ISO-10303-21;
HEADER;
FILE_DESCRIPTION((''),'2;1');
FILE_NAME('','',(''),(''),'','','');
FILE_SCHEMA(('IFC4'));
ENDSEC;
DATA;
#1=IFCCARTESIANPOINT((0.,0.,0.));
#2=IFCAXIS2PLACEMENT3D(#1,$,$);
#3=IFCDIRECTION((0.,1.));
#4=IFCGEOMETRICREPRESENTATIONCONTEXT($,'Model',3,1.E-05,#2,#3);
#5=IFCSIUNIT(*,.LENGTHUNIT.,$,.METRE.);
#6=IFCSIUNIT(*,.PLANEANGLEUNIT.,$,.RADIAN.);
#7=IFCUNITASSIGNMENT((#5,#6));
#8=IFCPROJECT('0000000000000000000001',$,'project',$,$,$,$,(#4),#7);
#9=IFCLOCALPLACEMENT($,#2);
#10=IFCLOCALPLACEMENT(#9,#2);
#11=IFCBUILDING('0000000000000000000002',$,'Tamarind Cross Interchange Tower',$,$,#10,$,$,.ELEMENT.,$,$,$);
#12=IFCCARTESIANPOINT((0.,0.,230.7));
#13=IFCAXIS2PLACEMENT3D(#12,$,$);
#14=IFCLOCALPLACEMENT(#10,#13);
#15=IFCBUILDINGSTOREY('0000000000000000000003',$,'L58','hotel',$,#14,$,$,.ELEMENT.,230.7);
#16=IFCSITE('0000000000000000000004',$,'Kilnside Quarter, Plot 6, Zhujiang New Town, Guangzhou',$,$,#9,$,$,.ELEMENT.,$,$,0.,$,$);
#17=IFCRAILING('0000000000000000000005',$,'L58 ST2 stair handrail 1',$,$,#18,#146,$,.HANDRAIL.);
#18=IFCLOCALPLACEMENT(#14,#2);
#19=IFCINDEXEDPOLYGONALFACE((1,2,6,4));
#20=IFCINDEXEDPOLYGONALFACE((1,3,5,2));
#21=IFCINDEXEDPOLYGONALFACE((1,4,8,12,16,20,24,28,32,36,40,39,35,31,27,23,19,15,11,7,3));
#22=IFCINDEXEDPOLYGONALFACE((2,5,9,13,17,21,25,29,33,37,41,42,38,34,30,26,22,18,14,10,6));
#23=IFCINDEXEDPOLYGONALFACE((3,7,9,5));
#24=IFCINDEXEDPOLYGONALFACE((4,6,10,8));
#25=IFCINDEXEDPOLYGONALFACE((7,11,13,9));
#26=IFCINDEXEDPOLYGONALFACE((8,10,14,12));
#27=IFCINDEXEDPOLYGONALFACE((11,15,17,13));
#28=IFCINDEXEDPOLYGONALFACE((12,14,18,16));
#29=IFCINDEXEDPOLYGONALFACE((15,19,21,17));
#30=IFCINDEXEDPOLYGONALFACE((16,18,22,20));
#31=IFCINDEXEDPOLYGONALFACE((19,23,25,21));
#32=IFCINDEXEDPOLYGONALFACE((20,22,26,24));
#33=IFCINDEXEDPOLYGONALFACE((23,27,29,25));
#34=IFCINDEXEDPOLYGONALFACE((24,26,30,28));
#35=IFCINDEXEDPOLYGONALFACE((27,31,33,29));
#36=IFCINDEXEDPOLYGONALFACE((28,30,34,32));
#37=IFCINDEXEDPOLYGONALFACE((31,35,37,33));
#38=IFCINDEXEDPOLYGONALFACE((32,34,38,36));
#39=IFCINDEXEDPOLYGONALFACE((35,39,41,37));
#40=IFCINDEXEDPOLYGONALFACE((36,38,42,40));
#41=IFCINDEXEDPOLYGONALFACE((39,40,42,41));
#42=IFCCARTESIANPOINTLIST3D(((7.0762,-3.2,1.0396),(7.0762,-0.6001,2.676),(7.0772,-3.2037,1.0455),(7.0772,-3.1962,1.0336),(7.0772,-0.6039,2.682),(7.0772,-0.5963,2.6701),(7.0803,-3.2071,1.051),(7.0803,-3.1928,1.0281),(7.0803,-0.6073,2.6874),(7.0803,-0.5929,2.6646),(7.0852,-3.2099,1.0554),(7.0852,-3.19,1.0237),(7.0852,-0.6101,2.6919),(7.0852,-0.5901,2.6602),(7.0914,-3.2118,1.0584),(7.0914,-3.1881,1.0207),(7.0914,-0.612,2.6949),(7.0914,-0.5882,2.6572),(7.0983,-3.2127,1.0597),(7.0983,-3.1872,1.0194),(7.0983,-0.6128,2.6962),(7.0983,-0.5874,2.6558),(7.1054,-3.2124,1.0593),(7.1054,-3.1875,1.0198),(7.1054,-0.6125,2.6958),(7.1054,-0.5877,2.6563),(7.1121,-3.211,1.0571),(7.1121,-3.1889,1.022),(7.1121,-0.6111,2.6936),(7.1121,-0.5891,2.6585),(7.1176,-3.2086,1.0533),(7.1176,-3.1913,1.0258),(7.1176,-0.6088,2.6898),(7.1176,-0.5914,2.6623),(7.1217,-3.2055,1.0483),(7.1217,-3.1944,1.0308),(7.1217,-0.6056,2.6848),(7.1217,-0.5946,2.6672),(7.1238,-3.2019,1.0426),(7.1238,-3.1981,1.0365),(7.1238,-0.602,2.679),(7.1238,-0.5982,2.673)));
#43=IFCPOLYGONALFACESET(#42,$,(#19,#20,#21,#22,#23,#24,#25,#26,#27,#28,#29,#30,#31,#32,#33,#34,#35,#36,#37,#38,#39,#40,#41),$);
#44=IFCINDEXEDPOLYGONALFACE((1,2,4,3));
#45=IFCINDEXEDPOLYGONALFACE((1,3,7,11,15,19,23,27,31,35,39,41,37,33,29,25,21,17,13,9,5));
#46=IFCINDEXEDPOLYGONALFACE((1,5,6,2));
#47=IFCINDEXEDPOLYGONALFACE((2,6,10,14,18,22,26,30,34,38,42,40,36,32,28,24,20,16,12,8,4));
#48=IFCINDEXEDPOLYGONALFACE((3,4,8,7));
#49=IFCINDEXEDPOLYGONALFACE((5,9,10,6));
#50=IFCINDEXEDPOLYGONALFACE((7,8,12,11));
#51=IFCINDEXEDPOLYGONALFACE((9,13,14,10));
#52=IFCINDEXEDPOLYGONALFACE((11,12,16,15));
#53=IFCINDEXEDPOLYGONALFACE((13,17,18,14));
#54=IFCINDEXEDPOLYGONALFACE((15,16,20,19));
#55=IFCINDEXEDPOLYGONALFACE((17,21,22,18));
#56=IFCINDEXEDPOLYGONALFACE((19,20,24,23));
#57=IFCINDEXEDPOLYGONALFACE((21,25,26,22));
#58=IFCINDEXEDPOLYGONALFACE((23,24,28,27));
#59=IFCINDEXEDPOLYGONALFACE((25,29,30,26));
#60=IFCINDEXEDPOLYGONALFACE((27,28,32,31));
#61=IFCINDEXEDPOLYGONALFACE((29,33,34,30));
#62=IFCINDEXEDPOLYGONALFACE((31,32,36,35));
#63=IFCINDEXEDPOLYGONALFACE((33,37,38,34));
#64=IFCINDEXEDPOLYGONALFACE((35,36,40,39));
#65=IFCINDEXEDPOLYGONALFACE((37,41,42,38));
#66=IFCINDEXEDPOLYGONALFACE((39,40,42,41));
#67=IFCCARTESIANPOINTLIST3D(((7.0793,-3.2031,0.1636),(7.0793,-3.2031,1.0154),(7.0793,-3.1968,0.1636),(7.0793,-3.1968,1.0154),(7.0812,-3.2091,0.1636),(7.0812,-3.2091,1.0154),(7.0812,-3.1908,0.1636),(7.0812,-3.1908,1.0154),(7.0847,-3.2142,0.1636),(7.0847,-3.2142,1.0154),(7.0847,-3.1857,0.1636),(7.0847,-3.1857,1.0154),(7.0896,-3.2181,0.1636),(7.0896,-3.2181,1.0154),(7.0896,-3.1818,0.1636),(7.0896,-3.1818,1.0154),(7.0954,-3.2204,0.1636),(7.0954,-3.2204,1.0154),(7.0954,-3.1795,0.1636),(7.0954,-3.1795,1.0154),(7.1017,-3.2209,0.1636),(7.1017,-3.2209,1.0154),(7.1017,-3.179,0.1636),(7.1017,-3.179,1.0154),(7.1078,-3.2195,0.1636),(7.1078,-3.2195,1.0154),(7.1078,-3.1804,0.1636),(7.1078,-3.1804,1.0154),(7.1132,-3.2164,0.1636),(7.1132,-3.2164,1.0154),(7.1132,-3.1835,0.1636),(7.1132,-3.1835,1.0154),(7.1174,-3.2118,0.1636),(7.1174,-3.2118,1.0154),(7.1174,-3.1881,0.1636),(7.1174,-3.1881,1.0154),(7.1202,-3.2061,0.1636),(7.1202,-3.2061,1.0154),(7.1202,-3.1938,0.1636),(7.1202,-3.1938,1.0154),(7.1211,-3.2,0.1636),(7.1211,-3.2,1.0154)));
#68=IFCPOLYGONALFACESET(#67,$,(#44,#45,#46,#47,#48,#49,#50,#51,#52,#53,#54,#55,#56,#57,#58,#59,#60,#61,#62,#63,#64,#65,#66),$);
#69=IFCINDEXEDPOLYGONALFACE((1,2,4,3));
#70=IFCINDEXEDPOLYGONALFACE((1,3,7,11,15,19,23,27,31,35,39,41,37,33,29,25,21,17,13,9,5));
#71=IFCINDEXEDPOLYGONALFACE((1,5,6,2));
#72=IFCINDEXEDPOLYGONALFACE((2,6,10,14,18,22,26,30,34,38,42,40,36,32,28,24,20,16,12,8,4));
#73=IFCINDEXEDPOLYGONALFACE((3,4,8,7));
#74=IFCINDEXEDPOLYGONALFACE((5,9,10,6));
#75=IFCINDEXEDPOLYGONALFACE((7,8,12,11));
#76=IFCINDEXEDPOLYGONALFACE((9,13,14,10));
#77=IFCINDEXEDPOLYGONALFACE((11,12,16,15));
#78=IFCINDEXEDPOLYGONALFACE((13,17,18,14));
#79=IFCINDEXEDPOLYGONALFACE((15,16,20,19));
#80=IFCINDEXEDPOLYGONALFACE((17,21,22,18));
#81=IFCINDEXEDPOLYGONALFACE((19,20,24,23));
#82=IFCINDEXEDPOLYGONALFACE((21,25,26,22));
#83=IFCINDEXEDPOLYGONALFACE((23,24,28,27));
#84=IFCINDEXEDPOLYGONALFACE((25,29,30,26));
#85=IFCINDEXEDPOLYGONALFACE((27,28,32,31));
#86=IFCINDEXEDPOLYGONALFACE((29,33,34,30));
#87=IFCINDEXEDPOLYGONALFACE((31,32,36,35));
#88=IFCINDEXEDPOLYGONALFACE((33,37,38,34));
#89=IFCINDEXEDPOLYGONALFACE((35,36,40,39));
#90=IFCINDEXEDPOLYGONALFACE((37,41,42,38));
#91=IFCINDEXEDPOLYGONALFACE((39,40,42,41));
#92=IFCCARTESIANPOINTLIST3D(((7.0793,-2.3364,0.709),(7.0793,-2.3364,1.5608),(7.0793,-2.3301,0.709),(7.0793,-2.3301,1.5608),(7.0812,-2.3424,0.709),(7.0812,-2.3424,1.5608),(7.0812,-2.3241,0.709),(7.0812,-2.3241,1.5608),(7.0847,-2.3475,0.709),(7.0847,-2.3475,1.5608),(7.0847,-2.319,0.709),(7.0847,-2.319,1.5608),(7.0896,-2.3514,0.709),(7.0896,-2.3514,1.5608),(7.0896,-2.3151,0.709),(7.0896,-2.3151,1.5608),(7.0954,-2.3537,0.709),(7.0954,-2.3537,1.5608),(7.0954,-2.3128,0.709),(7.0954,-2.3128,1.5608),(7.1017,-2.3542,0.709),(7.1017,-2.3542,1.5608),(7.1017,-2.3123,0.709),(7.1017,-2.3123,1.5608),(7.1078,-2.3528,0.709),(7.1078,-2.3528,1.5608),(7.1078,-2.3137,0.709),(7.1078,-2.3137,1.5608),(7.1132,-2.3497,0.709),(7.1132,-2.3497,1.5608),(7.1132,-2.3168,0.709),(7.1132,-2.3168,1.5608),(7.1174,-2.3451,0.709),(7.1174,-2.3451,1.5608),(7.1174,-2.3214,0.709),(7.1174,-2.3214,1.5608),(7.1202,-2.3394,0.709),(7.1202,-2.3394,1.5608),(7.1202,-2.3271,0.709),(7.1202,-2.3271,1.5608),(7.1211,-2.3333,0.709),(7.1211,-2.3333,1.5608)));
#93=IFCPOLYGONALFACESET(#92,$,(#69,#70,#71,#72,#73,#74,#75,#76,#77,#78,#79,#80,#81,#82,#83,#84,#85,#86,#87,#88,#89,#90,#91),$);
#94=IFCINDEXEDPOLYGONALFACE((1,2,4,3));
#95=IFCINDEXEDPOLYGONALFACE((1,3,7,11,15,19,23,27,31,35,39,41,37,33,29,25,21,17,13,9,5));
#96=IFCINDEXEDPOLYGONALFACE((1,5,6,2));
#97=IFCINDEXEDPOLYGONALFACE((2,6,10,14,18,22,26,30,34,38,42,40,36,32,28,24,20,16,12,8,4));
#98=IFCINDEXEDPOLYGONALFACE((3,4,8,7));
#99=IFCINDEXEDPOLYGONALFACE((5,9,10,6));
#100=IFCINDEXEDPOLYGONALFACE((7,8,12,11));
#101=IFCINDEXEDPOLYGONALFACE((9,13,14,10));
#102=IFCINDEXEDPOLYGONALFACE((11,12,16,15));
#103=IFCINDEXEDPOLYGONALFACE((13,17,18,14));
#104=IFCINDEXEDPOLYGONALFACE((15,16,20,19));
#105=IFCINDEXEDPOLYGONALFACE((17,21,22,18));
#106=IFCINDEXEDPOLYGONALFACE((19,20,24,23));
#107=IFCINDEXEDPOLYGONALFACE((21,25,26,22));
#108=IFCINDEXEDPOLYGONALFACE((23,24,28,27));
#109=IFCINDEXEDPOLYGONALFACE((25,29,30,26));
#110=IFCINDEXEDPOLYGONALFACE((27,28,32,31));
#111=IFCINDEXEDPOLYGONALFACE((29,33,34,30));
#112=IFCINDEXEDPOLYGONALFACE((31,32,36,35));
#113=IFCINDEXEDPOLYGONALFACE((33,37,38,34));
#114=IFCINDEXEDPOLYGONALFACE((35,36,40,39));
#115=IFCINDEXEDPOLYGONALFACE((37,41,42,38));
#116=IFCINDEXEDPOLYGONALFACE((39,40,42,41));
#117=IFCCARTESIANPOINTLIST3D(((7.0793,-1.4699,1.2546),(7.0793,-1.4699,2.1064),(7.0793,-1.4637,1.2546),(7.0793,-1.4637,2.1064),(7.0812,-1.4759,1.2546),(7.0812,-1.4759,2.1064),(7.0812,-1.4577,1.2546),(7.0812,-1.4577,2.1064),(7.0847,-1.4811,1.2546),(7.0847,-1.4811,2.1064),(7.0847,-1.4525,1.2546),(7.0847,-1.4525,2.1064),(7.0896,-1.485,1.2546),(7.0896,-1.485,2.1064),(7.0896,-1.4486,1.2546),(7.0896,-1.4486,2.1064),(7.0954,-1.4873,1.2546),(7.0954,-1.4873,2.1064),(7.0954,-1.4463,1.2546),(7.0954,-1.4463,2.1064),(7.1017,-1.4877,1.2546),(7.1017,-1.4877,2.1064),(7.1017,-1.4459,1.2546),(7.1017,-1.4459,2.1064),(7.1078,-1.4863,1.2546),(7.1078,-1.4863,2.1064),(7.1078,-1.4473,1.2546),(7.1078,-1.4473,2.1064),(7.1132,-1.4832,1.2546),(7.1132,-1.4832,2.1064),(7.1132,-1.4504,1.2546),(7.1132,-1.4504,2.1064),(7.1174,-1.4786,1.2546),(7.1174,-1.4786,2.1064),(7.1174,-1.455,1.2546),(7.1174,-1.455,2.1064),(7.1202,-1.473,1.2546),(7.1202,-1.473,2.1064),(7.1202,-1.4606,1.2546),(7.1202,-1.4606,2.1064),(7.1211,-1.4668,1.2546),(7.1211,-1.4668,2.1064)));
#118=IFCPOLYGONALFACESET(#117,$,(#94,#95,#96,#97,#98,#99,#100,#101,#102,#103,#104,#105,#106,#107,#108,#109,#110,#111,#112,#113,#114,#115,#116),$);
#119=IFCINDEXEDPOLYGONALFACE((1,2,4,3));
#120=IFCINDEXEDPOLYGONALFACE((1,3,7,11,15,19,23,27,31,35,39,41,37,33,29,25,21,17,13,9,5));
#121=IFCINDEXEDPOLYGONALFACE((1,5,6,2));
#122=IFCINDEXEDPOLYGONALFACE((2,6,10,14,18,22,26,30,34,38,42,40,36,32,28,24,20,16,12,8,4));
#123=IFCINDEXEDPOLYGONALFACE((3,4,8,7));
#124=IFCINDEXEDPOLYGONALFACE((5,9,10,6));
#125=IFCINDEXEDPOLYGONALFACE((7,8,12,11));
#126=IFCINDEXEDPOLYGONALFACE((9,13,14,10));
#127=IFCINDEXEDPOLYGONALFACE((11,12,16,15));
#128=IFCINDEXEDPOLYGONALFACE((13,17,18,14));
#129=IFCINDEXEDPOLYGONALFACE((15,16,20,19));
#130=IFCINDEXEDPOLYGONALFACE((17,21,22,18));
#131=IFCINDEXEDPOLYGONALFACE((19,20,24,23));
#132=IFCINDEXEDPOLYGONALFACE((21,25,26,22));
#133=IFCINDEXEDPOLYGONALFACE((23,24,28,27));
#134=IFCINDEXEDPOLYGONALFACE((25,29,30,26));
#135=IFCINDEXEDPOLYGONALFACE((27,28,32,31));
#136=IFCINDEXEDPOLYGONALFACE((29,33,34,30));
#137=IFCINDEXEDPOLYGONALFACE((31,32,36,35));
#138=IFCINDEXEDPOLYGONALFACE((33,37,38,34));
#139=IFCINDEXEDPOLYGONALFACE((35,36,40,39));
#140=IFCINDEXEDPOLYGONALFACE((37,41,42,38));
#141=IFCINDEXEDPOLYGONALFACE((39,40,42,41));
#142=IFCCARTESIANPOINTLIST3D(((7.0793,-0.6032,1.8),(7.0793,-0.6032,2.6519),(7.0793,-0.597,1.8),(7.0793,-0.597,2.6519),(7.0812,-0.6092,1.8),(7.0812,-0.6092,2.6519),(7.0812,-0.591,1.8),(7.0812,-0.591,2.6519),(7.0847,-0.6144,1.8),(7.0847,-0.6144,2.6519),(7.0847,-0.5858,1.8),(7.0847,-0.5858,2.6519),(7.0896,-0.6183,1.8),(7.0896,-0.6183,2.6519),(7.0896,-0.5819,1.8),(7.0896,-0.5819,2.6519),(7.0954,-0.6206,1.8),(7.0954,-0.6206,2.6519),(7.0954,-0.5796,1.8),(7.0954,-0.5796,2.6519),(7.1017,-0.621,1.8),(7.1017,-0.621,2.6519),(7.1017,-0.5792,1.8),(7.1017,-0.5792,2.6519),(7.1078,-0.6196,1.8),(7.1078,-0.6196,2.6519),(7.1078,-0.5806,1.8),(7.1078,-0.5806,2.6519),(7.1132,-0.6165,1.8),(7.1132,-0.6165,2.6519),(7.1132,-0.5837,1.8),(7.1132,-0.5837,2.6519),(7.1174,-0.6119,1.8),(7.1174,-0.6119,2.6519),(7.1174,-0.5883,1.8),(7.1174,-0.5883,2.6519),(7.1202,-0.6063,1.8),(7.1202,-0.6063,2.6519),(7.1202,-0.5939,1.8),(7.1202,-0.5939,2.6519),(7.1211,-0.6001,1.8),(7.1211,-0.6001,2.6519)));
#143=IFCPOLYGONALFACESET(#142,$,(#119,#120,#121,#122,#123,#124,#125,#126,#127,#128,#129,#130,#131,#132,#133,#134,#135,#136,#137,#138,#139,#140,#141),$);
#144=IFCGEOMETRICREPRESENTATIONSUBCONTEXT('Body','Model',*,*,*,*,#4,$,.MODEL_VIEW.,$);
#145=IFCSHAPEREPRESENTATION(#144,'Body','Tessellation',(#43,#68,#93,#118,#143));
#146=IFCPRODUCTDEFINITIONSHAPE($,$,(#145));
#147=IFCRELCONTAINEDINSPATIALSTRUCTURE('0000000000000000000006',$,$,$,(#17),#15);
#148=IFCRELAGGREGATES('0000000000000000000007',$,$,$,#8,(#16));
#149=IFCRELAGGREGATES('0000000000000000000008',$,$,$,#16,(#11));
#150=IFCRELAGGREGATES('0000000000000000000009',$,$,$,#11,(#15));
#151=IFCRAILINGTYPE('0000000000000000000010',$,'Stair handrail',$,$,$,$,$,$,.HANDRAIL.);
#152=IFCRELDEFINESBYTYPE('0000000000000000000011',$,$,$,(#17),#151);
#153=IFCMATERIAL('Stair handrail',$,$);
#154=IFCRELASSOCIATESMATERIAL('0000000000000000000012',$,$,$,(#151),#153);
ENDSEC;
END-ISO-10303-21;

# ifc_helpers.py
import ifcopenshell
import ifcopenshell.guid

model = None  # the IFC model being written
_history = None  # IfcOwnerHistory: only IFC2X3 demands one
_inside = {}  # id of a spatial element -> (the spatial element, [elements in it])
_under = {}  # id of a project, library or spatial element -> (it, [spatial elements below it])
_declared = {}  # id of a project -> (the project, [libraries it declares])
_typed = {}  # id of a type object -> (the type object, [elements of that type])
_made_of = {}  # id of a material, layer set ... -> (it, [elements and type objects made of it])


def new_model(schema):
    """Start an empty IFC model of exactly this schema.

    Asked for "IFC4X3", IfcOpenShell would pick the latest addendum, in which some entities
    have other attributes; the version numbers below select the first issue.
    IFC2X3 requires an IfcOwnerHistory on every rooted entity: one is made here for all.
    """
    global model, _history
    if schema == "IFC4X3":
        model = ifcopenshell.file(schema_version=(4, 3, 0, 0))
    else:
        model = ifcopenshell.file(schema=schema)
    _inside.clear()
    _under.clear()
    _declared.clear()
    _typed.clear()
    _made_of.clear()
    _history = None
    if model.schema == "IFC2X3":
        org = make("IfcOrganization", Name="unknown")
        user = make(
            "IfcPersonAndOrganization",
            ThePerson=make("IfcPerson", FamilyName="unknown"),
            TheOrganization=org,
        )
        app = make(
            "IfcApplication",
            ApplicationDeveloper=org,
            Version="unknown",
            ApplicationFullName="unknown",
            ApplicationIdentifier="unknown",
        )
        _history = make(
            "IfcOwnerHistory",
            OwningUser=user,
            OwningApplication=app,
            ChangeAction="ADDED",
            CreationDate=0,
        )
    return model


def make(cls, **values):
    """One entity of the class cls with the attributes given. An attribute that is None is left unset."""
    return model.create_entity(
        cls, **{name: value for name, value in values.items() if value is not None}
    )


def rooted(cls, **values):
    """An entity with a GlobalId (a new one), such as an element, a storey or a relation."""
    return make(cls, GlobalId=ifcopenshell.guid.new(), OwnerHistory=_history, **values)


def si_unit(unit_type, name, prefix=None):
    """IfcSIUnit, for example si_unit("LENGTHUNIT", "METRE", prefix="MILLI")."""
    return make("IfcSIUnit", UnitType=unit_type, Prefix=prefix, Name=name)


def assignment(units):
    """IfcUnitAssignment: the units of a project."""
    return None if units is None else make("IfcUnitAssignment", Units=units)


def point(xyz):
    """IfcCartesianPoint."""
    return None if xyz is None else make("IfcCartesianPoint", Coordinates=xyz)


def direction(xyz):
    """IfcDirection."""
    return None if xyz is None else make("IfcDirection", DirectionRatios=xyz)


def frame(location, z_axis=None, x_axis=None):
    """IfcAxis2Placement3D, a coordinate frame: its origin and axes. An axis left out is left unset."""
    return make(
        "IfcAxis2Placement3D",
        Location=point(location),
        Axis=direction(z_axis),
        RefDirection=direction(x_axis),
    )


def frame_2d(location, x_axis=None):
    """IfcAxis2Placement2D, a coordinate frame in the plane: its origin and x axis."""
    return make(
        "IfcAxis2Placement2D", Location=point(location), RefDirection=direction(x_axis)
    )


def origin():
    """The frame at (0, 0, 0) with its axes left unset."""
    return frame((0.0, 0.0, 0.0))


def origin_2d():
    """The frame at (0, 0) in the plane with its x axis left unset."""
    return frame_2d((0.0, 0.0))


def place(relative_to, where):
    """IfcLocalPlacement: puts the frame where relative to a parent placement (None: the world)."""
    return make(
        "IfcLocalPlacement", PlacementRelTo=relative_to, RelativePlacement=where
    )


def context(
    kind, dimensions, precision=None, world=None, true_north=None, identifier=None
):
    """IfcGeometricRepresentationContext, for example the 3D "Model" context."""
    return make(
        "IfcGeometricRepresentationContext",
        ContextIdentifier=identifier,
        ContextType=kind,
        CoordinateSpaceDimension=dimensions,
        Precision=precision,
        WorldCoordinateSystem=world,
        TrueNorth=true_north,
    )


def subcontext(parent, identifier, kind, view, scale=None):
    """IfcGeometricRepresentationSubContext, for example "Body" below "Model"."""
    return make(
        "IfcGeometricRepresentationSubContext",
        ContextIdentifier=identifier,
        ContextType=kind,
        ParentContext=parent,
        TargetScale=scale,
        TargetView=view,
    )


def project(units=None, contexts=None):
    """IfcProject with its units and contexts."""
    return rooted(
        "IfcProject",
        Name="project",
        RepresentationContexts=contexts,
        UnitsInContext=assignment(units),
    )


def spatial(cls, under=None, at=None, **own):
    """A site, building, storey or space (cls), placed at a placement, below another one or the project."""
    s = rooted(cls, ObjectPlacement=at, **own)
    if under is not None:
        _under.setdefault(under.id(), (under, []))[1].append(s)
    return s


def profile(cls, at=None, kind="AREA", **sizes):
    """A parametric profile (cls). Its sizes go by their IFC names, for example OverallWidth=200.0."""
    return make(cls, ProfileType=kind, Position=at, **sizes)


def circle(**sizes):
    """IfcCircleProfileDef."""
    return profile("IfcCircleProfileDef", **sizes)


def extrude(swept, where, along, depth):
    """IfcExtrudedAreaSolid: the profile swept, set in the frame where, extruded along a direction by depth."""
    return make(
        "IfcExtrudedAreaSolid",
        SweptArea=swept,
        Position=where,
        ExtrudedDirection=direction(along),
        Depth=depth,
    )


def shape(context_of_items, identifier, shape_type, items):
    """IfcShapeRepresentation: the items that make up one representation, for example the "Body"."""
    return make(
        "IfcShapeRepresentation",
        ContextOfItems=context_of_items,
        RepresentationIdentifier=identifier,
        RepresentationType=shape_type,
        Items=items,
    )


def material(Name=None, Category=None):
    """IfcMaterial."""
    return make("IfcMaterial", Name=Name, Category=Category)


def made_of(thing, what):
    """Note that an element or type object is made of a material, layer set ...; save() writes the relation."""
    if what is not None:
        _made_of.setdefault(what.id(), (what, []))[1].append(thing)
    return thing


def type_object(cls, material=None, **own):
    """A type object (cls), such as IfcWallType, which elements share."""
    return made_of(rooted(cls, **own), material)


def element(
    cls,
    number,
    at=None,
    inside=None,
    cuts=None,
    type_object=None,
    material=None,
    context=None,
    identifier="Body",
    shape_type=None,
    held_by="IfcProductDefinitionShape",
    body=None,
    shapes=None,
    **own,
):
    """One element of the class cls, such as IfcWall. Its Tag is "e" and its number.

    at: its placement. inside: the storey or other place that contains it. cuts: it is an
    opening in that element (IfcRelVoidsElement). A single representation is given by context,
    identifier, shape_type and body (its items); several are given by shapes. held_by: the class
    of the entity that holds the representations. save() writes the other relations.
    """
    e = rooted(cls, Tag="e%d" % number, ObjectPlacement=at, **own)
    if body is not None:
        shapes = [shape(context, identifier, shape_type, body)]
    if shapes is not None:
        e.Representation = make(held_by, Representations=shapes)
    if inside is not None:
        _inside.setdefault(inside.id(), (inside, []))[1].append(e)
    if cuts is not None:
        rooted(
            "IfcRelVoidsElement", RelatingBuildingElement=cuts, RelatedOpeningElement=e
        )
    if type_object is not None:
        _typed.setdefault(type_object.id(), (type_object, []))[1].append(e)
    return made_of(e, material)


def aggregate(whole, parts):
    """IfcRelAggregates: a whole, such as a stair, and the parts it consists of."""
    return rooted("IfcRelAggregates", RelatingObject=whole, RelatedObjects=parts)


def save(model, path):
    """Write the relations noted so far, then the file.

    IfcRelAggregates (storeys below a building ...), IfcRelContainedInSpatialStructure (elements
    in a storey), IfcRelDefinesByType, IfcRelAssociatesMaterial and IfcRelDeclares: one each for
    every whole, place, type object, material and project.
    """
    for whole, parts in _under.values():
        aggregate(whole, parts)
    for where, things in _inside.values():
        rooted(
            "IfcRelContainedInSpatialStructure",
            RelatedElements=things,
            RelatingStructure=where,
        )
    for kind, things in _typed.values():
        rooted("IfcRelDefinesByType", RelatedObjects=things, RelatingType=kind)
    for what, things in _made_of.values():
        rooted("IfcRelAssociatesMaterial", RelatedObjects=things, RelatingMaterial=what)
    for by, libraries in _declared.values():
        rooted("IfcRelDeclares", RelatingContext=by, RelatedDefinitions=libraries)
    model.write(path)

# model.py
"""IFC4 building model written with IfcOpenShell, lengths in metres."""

from ifc_helpers import new_model, si_unit, direction, frame, origin, origin_2d, place, context, subcontext, project, spatial, circle, extrude, material, type_object, element, save


model = new_model("IFC4")

# Units and contexts
model_context = context("Model", 3, precision=1e-05, world=origin(), true_north=direction((0.0, 1.0)))
body_context = subcontext(model_context, "Body", "Model", "MODEL_VIEW")
ifc_project = project(units=[si_unit("LENGTHUNIT", "METRE"), si_unit("PLANEANGLEUNIT", "RADIAN")], contexts=[model_context])

# Site, building, storey
site_placement = place(None, origin())
site = spatial("IfcSite", under=ifc_project, at=site_placement, Name="Kilnside Quarter, Plot 6, Zhujiang New Town, Guangzhou", CompositionType="ELEMENT", RefElevation=0.0)
building_placement = place(site_placement, origin())
building = spatial("IfcBuilding", under=site, at=building_placement, Name="Tamarind Cross Interchange Tower", CompositionType="ELEMENT")
storey_placement = place(building_placement, frame((0.0, 0.0, 230.7)))
storey = spatial("IfcBuildingStorey", under=building, at=storey_placement, Name="L58", Description="hotel", CompositionType="ELEMENT", Elevation=230.7)

# Railing
ifc_material_1 = material(Name="Stair handrail")
railing_type_1 = type_object("IfcRailingType", Name="Stair handrail", PredefinedType="HANDRAIL", material=ifc_material_1)
railing_1_placement = place(storey_placement, frame((7.1001, -3.2, 0.1636)))
element("IfcRailing", 1, at=railing_1_placement, inside=storey, type_object=railing_type_1, Name="L58 ST2 stair handrail 1", PredefinedType="HANDRAIL", context=body_context, shape_type="SweptSolid", body=[
    extrude(circle(Radius=0.0239, at=origin_2d()), frame((0.0, 0.0, 0.876), z_axis=(0.0, 0.846302, 0.532704), x_axis=(-1.0, 0.0, 0.0)), (0.0, 0.0, 1.0), 3.072),
    extrude(circle(Radius=0.021, at=origin_2d()), origin(), (0.0, 0.0, 1.0), 0.8518),
    extrude(circle(Radius=0.021, at=origin_2d()), frame((0.0, 0.8667, 0.5454)), (0.0, 0.0, 1.0), 0.8518),
    extrude(circle(Radius=0.021, at=origin_2d()), frame((0.0, 1.7332, 1.0911)), (0.0, 0.0, 1.0), 0.8518),
    extrude(circle(Radius=0.021, at=origin_2d()), frame((0.0, 2.5999, 1.6365)), (0.0, 0.0, 1.0), 0.8518),
])

save(model, "model.ifc")
